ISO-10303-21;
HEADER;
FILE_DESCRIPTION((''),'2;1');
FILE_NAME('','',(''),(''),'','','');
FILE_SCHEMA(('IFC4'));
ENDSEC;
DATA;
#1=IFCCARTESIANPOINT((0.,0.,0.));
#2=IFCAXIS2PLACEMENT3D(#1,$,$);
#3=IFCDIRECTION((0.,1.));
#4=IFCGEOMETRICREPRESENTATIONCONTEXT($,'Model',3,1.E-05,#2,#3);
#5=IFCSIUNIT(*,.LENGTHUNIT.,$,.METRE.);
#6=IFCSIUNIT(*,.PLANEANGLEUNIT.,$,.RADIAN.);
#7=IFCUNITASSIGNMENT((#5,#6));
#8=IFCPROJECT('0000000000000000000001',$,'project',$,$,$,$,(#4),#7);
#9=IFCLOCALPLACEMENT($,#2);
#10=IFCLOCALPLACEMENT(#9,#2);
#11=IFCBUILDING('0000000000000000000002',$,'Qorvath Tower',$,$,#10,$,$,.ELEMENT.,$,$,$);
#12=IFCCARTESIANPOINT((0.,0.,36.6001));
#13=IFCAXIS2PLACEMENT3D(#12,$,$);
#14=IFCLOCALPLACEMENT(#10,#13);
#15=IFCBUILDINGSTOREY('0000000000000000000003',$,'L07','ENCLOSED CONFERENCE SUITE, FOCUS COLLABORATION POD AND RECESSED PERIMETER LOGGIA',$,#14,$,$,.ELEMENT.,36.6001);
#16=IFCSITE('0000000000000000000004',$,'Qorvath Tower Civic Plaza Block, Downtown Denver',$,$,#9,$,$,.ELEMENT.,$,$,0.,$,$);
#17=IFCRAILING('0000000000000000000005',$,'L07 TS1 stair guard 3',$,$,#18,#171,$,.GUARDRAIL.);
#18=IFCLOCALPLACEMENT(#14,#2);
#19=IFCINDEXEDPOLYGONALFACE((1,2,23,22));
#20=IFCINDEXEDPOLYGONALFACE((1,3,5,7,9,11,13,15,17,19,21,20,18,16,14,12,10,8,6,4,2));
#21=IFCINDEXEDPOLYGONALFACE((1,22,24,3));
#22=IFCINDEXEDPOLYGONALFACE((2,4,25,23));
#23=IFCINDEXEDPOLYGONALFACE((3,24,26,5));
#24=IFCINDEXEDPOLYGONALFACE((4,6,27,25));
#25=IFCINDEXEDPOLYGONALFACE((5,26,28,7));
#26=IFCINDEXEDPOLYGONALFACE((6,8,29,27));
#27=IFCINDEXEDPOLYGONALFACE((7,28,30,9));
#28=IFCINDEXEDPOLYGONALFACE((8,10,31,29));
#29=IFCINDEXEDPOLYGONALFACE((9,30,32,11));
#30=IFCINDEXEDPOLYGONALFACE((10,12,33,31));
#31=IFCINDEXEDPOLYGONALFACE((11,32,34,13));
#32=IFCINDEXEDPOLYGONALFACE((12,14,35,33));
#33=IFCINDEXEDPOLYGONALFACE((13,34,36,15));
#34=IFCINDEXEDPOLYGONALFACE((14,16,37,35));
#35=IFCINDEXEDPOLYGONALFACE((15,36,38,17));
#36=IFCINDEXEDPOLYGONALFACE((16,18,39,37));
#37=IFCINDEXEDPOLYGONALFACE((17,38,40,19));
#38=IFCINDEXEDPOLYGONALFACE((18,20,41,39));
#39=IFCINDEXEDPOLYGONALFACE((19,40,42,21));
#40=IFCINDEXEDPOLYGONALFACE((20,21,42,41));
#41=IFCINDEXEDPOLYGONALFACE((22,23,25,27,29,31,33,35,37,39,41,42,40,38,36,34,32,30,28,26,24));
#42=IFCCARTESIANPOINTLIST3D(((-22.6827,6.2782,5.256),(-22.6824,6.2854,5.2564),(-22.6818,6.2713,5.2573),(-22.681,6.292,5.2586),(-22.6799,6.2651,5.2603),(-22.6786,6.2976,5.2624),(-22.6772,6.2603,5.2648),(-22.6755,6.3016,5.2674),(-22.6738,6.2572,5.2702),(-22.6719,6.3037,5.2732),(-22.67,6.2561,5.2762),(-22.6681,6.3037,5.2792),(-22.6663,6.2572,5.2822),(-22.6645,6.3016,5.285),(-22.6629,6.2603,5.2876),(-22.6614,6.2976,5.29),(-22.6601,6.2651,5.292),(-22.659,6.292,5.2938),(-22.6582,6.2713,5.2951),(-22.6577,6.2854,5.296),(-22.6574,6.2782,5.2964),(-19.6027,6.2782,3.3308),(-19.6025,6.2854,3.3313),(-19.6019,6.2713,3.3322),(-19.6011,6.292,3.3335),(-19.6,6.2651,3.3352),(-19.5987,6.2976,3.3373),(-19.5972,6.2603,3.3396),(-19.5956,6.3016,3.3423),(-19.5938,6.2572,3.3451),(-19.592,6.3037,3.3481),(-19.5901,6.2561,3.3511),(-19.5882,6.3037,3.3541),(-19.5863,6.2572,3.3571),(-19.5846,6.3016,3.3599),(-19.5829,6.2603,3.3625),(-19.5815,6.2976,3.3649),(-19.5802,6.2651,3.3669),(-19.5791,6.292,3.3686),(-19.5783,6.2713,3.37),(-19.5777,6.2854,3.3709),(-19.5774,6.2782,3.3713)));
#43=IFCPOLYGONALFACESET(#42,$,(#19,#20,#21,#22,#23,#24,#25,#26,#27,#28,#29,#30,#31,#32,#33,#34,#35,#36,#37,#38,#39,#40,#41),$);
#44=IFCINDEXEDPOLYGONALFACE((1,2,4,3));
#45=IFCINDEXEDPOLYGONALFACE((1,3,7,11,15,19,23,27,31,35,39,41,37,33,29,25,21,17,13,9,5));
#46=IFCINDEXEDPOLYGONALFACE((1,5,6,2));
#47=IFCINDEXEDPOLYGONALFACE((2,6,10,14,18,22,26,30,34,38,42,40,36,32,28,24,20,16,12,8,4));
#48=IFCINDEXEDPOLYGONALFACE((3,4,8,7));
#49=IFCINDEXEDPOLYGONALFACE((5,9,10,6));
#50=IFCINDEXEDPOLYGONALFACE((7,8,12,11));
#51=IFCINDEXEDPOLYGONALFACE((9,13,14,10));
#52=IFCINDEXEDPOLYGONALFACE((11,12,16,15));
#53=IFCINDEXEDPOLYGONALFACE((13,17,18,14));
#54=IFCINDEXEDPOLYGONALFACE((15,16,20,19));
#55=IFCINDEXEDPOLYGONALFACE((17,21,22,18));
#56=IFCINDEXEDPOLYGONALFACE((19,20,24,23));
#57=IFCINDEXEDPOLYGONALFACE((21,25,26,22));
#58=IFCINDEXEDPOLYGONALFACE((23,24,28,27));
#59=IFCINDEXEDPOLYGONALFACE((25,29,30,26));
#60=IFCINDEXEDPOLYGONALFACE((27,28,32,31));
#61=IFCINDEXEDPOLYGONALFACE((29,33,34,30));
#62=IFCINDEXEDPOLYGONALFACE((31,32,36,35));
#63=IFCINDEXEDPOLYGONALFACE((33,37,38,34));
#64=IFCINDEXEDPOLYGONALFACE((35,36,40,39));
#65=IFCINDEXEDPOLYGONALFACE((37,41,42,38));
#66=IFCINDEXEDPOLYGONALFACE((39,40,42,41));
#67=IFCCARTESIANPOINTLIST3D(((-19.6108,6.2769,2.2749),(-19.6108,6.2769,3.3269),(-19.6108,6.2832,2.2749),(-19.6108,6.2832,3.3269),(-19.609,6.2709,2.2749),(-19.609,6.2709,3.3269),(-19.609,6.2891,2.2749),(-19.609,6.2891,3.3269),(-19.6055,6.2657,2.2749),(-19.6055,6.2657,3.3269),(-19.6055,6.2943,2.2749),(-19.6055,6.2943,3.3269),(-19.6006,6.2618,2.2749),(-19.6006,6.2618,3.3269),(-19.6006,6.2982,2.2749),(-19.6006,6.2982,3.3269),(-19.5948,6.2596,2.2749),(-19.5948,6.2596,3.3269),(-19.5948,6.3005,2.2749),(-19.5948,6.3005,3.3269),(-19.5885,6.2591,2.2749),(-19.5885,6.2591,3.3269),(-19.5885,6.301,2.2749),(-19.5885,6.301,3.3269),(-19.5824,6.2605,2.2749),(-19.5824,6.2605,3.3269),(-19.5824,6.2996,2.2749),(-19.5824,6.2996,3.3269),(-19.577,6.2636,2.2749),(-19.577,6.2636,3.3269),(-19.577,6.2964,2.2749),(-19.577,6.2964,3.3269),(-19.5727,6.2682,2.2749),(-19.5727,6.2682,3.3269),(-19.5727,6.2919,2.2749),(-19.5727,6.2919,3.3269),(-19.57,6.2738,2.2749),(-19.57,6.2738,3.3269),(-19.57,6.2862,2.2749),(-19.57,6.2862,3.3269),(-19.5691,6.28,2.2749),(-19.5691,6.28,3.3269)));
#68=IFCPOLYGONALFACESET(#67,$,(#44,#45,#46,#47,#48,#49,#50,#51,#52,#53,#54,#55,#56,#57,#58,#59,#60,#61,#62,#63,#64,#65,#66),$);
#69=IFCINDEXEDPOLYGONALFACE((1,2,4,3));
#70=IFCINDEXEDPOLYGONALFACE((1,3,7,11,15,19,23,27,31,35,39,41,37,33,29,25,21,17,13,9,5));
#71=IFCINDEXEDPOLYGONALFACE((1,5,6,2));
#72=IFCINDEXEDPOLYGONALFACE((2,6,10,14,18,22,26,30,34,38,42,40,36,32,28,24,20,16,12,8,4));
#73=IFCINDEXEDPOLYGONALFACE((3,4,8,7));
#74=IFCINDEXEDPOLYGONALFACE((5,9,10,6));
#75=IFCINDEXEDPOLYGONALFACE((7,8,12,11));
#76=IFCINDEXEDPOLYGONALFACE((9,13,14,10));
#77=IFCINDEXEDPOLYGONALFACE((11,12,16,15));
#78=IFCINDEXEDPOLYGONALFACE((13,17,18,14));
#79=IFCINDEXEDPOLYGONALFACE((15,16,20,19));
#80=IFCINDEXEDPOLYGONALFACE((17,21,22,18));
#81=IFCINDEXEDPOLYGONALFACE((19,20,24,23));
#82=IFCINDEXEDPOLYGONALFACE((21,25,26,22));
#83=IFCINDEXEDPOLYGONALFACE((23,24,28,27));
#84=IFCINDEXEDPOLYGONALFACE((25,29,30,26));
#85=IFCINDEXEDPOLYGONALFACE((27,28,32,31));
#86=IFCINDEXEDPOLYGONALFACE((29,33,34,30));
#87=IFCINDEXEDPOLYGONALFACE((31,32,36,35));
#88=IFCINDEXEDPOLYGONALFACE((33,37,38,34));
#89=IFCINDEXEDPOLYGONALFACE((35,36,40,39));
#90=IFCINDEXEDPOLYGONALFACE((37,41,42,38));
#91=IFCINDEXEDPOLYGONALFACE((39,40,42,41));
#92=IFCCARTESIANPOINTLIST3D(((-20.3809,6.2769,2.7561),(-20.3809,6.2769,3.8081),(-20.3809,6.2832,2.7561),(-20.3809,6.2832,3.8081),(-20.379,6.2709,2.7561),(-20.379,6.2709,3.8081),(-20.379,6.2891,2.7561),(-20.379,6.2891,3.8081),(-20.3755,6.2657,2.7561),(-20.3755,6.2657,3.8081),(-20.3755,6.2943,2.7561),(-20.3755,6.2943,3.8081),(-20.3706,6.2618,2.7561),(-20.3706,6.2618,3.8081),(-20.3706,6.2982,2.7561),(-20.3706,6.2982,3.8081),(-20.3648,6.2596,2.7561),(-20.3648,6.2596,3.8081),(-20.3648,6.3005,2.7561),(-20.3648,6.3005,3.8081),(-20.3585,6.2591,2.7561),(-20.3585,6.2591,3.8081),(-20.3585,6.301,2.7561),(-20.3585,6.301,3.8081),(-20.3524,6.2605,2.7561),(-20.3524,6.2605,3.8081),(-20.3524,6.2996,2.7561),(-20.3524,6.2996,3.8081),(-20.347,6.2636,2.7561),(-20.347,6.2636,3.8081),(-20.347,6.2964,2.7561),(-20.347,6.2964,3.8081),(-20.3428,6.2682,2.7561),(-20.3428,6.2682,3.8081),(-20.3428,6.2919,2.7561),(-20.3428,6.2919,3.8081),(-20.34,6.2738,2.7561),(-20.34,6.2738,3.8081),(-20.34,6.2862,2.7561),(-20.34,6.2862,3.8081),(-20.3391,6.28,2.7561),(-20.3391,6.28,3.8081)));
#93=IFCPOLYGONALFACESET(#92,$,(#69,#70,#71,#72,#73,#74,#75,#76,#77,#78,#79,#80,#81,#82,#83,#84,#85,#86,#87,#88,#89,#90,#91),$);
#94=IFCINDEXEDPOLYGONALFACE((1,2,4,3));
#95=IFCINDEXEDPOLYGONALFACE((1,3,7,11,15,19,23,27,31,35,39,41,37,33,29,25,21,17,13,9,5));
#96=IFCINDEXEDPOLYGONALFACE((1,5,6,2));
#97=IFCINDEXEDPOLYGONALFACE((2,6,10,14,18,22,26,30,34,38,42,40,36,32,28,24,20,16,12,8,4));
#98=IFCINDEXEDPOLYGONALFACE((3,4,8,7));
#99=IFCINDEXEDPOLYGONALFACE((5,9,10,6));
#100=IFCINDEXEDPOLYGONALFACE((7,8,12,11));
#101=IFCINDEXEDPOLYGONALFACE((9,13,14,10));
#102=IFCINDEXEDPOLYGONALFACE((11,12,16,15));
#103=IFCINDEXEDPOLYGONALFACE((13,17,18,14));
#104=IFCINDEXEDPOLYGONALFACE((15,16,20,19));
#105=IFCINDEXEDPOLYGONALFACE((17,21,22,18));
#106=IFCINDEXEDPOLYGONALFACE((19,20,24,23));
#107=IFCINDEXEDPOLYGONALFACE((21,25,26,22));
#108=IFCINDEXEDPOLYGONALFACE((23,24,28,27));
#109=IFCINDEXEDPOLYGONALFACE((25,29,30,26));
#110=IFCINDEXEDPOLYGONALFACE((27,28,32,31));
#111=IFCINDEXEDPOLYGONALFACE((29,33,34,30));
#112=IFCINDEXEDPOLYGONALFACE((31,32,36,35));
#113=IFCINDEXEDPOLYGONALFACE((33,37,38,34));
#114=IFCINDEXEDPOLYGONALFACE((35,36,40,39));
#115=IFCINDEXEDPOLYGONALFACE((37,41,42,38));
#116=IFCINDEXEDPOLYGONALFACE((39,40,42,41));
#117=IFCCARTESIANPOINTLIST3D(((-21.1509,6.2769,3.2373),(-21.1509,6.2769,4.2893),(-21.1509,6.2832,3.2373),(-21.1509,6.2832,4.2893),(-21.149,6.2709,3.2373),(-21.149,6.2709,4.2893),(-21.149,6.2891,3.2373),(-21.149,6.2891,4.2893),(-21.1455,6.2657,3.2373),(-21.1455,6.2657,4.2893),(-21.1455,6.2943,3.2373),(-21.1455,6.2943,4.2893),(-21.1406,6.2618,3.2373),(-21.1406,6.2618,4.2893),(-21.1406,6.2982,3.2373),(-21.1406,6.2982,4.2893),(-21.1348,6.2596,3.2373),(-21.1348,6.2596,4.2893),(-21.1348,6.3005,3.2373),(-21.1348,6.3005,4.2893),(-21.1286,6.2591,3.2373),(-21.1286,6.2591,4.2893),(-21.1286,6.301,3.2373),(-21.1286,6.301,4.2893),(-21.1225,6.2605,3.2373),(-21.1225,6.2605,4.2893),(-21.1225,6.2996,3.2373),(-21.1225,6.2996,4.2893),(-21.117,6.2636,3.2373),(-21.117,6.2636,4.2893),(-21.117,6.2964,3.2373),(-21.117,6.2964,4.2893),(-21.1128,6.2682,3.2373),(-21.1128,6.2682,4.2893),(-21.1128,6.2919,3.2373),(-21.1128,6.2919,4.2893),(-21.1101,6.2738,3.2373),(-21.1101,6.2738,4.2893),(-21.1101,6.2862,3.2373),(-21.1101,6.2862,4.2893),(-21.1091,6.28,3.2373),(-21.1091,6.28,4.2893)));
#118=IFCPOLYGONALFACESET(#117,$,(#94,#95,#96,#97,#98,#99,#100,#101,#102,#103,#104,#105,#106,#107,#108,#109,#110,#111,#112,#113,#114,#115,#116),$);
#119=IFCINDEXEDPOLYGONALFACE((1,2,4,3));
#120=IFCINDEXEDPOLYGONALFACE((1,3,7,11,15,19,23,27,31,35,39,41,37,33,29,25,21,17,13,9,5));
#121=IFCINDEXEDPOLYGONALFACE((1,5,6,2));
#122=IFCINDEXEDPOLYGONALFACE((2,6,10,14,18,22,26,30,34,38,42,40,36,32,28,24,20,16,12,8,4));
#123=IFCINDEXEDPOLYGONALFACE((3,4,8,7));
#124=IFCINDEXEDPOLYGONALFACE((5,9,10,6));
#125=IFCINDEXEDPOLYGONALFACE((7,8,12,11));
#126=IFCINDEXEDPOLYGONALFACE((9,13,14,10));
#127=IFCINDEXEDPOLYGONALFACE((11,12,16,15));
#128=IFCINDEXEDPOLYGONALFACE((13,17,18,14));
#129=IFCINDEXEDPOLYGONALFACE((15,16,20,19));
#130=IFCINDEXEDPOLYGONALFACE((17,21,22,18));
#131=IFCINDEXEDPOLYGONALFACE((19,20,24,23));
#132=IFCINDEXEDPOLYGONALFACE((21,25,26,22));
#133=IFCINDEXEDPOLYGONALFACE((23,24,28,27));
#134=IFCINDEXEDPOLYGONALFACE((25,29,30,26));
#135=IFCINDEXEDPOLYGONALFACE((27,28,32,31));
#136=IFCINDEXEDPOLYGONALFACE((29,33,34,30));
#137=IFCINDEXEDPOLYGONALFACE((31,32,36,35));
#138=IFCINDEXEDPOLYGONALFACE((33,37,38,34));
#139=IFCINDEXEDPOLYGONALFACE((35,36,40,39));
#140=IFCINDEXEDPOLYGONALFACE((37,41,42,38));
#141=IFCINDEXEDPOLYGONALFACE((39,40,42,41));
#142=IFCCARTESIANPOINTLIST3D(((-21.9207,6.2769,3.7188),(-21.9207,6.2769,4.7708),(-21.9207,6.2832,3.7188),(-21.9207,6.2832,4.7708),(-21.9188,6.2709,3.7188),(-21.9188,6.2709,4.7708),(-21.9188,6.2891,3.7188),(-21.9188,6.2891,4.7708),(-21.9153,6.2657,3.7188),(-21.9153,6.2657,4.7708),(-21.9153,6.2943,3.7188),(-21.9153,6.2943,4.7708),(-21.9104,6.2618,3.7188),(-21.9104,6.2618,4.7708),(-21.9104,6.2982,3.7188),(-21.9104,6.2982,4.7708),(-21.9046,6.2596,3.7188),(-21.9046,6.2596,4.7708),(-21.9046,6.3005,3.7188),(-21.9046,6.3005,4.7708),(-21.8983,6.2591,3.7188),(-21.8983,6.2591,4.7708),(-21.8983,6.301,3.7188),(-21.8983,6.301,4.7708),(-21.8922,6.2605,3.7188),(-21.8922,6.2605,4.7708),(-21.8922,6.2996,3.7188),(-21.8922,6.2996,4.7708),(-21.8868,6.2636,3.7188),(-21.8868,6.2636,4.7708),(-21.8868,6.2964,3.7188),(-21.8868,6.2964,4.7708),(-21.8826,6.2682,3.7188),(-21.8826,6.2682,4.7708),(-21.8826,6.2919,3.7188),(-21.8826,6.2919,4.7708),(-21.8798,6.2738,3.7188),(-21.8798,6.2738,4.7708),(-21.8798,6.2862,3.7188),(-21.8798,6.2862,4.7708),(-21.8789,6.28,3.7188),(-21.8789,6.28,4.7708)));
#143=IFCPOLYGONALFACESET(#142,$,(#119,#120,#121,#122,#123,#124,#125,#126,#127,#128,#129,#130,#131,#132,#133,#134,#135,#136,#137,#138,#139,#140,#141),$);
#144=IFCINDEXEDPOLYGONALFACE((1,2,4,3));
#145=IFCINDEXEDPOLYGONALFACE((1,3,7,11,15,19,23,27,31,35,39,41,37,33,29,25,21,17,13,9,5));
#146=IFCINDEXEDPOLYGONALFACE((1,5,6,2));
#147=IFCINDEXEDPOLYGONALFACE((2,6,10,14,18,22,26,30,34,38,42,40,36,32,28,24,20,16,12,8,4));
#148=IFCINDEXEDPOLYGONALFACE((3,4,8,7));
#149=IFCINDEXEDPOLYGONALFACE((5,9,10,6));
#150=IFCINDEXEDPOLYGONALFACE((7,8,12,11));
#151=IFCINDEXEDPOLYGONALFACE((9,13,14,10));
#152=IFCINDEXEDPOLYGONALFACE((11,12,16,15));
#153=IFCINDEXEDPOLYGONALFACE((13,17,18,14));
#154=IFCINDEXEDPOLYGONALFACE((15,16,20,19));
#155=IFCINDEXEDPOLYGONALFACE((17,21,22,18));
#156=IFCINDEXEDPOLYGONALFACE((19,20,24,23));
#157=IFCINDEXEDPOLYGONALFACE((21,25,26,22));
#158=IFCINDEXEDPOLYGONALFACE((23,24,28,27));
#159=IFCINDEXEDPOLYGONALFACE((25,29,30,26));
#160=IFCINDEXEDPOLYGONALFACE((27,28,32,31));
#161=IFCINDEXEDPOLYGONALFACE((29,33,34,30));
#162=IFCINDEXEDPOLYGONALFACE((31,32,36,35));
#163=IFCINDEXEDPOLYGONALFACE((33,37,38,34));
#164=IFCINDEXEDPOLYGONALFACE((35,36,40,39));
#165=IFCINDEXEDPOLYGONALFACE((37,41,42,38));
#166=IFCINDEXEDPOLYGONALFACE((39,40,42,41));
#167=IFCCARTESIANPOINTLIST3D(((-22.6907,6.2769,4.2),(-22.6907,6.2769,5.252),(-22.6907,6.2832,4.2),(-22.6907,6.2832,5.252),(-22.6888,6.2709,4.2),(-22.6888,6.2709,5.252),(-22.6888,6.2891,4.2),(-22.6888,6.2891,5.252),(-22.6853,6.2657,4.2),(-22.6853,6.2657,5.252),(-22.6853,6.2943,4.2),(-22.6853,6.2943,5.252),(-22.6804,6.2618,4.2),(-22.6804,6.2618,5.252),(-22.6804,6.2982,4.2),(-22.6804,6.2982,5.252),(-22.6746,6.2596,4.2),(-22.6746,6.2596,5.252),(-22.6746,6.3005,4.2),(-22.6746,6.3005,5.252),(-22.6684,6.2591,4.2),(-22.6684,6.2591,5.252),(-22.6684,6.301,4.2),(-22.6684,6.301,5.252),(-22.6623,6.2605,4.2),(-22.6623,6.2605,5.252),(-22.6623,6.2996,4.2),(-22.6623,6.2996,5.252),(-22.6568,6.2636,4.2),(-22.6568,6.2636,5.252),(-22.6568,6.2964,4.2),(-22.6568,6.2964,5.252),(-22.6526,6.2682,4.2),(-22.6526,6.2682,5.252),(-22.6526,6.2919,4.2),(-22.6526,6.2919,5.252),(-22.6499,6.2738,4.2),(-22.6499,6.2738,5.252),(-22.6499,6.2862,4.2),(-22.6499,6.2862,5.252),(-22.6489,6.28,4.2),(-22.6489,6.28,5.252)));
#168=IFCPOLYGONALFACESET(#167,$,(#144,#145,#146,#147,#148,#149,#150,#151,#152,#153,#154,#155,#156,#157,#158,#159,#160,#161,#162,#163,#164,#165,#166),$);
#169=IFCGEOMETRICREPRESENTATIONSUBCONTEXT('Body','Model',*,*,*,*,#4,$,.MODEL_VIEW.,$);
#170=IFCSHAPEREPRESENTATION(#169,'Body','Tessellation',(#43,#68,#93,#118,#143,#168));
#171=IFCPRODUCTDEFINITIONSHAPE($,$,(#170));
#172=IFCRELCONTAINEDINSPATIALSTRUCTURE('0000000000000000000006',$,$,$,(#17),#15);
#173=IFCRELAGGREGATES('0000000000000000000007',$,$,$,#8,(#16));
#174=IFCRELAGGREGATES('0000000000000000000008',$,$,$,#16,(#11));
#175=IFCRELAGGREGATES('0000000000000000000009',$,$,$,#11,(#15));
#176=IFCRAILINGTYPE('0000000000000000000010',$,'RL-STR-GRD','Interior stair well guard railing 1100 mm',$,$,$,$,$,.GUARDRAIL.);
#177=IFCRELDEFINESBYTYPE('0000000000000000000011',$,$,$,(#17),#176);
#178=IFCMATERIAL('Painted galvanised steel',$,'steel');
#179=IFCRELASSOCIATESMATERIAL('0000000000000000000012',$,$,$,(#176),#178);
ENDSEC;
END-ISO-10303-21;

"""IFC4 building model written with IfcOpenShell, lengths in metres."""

from ifc_helpers import new_model, si_unit, direction, frame, origin, origin_2d, place, context, subcontext, project, spatial, circle, extrude, material, type_object, element, save


model = new_model("IFC4")

# Units and contexts
model_context = context("Model", 3, precision=1e-05, world=origin(), true_north=direction((0.0, 1.0)))
body_context = subcontext(model_context, "Body", "Model", "MODEL_VIEW")
ifc_project = project(units=[si_unit("LENGTHUNIT", "METRE"), si_unit("PLANEANGLEUNIT", "RADIAN")], contexts=[model_context])

# Site, building, storey
site_placement = place(None, origin())
site = spatial("IfcSite", under=ifc_project, at=site_placement, Name="Qorvath Tower Civic Plaza Block, Downtown Denver", CompositionType="ELEMENT", RefElevation=0.0)
building_placement = place(site_placement, origin())
building = spatial("IfcBuilding", under=site, at=building_placement, Name="Qorvath Tower", CompositionType="ELEMENT")
storey_placement = place(building_placement, frame((0.0, 0.0, 36.6001)))
storey = spatial("IfcBuildingStorey", under=building, at=storey_placement, Name="L07", Description="ENCLOSED CONFERENCE SUITE, FOCUS COLLABORATION POD AND RECESSED PERIMETER LOGGIA", CompositionType="ELEMENT", Elevation=36.6001)

# Railing
ifc_material_1 = material(Name="Painted galvanised steel", Category="steel")
railing_type_1 = type_object("IfcRailingType", Name="RL-STR-GRD", Description="Interior stair well guard railing 1100 mm", PredefinedType="GUARDRAIL", material=ifc_material_1)
railing_1_placement = place(storey_placement, frame((-19.5901, 6.28, 2.2749)))
element("IfcRailing", 1, at=railing_1_placement, inside=storey, type_object=railing_type_1, Name="L07 TS1 stair guard 3", PredefinedType="GUARDRAIL", context=body_context, shape_type="SweptSolid", body=[
    extrude(circle(Radius=0.0239, at=origin_2d()), frame((0.0, 0.0, 1.0762), z_axis=(-0.847979, 0.0, 0.530029), x_axis=(0.0, -1.0, 0.0)), (0.0, 0.0, 1.0), 3.6321),
    extrude(circle(Radius=0.021, at=origin_2d()), origin(), (0.0, 0.0, 1.0), 1.052),
    extrude(circle(Radius=0.021, at=origin_2d()), frame((-0.77, 0.0, 0.4812)), (0.0, 0.0, 1.0), 1.052),
    extrude(circle(Radius=0.021, at=origin_2d()), frame((-1.54, 0.0, 0.9624)), (0.0, 0.0, 1.0), 1.052),
    extrude(circle(Radius=0.021, at=origin_2d()), frame((-2.3098, 0.0, 1.4438)), (0.0, 0.0, 1.0), 1.052),
    extrude(circle(Radius=0.021, at=origin_2d()), frame((-3.0798, 0.0, 1.925)), (0.0, 0.0, 1.0), 1.052),
])

save(model, "model.ifc")
